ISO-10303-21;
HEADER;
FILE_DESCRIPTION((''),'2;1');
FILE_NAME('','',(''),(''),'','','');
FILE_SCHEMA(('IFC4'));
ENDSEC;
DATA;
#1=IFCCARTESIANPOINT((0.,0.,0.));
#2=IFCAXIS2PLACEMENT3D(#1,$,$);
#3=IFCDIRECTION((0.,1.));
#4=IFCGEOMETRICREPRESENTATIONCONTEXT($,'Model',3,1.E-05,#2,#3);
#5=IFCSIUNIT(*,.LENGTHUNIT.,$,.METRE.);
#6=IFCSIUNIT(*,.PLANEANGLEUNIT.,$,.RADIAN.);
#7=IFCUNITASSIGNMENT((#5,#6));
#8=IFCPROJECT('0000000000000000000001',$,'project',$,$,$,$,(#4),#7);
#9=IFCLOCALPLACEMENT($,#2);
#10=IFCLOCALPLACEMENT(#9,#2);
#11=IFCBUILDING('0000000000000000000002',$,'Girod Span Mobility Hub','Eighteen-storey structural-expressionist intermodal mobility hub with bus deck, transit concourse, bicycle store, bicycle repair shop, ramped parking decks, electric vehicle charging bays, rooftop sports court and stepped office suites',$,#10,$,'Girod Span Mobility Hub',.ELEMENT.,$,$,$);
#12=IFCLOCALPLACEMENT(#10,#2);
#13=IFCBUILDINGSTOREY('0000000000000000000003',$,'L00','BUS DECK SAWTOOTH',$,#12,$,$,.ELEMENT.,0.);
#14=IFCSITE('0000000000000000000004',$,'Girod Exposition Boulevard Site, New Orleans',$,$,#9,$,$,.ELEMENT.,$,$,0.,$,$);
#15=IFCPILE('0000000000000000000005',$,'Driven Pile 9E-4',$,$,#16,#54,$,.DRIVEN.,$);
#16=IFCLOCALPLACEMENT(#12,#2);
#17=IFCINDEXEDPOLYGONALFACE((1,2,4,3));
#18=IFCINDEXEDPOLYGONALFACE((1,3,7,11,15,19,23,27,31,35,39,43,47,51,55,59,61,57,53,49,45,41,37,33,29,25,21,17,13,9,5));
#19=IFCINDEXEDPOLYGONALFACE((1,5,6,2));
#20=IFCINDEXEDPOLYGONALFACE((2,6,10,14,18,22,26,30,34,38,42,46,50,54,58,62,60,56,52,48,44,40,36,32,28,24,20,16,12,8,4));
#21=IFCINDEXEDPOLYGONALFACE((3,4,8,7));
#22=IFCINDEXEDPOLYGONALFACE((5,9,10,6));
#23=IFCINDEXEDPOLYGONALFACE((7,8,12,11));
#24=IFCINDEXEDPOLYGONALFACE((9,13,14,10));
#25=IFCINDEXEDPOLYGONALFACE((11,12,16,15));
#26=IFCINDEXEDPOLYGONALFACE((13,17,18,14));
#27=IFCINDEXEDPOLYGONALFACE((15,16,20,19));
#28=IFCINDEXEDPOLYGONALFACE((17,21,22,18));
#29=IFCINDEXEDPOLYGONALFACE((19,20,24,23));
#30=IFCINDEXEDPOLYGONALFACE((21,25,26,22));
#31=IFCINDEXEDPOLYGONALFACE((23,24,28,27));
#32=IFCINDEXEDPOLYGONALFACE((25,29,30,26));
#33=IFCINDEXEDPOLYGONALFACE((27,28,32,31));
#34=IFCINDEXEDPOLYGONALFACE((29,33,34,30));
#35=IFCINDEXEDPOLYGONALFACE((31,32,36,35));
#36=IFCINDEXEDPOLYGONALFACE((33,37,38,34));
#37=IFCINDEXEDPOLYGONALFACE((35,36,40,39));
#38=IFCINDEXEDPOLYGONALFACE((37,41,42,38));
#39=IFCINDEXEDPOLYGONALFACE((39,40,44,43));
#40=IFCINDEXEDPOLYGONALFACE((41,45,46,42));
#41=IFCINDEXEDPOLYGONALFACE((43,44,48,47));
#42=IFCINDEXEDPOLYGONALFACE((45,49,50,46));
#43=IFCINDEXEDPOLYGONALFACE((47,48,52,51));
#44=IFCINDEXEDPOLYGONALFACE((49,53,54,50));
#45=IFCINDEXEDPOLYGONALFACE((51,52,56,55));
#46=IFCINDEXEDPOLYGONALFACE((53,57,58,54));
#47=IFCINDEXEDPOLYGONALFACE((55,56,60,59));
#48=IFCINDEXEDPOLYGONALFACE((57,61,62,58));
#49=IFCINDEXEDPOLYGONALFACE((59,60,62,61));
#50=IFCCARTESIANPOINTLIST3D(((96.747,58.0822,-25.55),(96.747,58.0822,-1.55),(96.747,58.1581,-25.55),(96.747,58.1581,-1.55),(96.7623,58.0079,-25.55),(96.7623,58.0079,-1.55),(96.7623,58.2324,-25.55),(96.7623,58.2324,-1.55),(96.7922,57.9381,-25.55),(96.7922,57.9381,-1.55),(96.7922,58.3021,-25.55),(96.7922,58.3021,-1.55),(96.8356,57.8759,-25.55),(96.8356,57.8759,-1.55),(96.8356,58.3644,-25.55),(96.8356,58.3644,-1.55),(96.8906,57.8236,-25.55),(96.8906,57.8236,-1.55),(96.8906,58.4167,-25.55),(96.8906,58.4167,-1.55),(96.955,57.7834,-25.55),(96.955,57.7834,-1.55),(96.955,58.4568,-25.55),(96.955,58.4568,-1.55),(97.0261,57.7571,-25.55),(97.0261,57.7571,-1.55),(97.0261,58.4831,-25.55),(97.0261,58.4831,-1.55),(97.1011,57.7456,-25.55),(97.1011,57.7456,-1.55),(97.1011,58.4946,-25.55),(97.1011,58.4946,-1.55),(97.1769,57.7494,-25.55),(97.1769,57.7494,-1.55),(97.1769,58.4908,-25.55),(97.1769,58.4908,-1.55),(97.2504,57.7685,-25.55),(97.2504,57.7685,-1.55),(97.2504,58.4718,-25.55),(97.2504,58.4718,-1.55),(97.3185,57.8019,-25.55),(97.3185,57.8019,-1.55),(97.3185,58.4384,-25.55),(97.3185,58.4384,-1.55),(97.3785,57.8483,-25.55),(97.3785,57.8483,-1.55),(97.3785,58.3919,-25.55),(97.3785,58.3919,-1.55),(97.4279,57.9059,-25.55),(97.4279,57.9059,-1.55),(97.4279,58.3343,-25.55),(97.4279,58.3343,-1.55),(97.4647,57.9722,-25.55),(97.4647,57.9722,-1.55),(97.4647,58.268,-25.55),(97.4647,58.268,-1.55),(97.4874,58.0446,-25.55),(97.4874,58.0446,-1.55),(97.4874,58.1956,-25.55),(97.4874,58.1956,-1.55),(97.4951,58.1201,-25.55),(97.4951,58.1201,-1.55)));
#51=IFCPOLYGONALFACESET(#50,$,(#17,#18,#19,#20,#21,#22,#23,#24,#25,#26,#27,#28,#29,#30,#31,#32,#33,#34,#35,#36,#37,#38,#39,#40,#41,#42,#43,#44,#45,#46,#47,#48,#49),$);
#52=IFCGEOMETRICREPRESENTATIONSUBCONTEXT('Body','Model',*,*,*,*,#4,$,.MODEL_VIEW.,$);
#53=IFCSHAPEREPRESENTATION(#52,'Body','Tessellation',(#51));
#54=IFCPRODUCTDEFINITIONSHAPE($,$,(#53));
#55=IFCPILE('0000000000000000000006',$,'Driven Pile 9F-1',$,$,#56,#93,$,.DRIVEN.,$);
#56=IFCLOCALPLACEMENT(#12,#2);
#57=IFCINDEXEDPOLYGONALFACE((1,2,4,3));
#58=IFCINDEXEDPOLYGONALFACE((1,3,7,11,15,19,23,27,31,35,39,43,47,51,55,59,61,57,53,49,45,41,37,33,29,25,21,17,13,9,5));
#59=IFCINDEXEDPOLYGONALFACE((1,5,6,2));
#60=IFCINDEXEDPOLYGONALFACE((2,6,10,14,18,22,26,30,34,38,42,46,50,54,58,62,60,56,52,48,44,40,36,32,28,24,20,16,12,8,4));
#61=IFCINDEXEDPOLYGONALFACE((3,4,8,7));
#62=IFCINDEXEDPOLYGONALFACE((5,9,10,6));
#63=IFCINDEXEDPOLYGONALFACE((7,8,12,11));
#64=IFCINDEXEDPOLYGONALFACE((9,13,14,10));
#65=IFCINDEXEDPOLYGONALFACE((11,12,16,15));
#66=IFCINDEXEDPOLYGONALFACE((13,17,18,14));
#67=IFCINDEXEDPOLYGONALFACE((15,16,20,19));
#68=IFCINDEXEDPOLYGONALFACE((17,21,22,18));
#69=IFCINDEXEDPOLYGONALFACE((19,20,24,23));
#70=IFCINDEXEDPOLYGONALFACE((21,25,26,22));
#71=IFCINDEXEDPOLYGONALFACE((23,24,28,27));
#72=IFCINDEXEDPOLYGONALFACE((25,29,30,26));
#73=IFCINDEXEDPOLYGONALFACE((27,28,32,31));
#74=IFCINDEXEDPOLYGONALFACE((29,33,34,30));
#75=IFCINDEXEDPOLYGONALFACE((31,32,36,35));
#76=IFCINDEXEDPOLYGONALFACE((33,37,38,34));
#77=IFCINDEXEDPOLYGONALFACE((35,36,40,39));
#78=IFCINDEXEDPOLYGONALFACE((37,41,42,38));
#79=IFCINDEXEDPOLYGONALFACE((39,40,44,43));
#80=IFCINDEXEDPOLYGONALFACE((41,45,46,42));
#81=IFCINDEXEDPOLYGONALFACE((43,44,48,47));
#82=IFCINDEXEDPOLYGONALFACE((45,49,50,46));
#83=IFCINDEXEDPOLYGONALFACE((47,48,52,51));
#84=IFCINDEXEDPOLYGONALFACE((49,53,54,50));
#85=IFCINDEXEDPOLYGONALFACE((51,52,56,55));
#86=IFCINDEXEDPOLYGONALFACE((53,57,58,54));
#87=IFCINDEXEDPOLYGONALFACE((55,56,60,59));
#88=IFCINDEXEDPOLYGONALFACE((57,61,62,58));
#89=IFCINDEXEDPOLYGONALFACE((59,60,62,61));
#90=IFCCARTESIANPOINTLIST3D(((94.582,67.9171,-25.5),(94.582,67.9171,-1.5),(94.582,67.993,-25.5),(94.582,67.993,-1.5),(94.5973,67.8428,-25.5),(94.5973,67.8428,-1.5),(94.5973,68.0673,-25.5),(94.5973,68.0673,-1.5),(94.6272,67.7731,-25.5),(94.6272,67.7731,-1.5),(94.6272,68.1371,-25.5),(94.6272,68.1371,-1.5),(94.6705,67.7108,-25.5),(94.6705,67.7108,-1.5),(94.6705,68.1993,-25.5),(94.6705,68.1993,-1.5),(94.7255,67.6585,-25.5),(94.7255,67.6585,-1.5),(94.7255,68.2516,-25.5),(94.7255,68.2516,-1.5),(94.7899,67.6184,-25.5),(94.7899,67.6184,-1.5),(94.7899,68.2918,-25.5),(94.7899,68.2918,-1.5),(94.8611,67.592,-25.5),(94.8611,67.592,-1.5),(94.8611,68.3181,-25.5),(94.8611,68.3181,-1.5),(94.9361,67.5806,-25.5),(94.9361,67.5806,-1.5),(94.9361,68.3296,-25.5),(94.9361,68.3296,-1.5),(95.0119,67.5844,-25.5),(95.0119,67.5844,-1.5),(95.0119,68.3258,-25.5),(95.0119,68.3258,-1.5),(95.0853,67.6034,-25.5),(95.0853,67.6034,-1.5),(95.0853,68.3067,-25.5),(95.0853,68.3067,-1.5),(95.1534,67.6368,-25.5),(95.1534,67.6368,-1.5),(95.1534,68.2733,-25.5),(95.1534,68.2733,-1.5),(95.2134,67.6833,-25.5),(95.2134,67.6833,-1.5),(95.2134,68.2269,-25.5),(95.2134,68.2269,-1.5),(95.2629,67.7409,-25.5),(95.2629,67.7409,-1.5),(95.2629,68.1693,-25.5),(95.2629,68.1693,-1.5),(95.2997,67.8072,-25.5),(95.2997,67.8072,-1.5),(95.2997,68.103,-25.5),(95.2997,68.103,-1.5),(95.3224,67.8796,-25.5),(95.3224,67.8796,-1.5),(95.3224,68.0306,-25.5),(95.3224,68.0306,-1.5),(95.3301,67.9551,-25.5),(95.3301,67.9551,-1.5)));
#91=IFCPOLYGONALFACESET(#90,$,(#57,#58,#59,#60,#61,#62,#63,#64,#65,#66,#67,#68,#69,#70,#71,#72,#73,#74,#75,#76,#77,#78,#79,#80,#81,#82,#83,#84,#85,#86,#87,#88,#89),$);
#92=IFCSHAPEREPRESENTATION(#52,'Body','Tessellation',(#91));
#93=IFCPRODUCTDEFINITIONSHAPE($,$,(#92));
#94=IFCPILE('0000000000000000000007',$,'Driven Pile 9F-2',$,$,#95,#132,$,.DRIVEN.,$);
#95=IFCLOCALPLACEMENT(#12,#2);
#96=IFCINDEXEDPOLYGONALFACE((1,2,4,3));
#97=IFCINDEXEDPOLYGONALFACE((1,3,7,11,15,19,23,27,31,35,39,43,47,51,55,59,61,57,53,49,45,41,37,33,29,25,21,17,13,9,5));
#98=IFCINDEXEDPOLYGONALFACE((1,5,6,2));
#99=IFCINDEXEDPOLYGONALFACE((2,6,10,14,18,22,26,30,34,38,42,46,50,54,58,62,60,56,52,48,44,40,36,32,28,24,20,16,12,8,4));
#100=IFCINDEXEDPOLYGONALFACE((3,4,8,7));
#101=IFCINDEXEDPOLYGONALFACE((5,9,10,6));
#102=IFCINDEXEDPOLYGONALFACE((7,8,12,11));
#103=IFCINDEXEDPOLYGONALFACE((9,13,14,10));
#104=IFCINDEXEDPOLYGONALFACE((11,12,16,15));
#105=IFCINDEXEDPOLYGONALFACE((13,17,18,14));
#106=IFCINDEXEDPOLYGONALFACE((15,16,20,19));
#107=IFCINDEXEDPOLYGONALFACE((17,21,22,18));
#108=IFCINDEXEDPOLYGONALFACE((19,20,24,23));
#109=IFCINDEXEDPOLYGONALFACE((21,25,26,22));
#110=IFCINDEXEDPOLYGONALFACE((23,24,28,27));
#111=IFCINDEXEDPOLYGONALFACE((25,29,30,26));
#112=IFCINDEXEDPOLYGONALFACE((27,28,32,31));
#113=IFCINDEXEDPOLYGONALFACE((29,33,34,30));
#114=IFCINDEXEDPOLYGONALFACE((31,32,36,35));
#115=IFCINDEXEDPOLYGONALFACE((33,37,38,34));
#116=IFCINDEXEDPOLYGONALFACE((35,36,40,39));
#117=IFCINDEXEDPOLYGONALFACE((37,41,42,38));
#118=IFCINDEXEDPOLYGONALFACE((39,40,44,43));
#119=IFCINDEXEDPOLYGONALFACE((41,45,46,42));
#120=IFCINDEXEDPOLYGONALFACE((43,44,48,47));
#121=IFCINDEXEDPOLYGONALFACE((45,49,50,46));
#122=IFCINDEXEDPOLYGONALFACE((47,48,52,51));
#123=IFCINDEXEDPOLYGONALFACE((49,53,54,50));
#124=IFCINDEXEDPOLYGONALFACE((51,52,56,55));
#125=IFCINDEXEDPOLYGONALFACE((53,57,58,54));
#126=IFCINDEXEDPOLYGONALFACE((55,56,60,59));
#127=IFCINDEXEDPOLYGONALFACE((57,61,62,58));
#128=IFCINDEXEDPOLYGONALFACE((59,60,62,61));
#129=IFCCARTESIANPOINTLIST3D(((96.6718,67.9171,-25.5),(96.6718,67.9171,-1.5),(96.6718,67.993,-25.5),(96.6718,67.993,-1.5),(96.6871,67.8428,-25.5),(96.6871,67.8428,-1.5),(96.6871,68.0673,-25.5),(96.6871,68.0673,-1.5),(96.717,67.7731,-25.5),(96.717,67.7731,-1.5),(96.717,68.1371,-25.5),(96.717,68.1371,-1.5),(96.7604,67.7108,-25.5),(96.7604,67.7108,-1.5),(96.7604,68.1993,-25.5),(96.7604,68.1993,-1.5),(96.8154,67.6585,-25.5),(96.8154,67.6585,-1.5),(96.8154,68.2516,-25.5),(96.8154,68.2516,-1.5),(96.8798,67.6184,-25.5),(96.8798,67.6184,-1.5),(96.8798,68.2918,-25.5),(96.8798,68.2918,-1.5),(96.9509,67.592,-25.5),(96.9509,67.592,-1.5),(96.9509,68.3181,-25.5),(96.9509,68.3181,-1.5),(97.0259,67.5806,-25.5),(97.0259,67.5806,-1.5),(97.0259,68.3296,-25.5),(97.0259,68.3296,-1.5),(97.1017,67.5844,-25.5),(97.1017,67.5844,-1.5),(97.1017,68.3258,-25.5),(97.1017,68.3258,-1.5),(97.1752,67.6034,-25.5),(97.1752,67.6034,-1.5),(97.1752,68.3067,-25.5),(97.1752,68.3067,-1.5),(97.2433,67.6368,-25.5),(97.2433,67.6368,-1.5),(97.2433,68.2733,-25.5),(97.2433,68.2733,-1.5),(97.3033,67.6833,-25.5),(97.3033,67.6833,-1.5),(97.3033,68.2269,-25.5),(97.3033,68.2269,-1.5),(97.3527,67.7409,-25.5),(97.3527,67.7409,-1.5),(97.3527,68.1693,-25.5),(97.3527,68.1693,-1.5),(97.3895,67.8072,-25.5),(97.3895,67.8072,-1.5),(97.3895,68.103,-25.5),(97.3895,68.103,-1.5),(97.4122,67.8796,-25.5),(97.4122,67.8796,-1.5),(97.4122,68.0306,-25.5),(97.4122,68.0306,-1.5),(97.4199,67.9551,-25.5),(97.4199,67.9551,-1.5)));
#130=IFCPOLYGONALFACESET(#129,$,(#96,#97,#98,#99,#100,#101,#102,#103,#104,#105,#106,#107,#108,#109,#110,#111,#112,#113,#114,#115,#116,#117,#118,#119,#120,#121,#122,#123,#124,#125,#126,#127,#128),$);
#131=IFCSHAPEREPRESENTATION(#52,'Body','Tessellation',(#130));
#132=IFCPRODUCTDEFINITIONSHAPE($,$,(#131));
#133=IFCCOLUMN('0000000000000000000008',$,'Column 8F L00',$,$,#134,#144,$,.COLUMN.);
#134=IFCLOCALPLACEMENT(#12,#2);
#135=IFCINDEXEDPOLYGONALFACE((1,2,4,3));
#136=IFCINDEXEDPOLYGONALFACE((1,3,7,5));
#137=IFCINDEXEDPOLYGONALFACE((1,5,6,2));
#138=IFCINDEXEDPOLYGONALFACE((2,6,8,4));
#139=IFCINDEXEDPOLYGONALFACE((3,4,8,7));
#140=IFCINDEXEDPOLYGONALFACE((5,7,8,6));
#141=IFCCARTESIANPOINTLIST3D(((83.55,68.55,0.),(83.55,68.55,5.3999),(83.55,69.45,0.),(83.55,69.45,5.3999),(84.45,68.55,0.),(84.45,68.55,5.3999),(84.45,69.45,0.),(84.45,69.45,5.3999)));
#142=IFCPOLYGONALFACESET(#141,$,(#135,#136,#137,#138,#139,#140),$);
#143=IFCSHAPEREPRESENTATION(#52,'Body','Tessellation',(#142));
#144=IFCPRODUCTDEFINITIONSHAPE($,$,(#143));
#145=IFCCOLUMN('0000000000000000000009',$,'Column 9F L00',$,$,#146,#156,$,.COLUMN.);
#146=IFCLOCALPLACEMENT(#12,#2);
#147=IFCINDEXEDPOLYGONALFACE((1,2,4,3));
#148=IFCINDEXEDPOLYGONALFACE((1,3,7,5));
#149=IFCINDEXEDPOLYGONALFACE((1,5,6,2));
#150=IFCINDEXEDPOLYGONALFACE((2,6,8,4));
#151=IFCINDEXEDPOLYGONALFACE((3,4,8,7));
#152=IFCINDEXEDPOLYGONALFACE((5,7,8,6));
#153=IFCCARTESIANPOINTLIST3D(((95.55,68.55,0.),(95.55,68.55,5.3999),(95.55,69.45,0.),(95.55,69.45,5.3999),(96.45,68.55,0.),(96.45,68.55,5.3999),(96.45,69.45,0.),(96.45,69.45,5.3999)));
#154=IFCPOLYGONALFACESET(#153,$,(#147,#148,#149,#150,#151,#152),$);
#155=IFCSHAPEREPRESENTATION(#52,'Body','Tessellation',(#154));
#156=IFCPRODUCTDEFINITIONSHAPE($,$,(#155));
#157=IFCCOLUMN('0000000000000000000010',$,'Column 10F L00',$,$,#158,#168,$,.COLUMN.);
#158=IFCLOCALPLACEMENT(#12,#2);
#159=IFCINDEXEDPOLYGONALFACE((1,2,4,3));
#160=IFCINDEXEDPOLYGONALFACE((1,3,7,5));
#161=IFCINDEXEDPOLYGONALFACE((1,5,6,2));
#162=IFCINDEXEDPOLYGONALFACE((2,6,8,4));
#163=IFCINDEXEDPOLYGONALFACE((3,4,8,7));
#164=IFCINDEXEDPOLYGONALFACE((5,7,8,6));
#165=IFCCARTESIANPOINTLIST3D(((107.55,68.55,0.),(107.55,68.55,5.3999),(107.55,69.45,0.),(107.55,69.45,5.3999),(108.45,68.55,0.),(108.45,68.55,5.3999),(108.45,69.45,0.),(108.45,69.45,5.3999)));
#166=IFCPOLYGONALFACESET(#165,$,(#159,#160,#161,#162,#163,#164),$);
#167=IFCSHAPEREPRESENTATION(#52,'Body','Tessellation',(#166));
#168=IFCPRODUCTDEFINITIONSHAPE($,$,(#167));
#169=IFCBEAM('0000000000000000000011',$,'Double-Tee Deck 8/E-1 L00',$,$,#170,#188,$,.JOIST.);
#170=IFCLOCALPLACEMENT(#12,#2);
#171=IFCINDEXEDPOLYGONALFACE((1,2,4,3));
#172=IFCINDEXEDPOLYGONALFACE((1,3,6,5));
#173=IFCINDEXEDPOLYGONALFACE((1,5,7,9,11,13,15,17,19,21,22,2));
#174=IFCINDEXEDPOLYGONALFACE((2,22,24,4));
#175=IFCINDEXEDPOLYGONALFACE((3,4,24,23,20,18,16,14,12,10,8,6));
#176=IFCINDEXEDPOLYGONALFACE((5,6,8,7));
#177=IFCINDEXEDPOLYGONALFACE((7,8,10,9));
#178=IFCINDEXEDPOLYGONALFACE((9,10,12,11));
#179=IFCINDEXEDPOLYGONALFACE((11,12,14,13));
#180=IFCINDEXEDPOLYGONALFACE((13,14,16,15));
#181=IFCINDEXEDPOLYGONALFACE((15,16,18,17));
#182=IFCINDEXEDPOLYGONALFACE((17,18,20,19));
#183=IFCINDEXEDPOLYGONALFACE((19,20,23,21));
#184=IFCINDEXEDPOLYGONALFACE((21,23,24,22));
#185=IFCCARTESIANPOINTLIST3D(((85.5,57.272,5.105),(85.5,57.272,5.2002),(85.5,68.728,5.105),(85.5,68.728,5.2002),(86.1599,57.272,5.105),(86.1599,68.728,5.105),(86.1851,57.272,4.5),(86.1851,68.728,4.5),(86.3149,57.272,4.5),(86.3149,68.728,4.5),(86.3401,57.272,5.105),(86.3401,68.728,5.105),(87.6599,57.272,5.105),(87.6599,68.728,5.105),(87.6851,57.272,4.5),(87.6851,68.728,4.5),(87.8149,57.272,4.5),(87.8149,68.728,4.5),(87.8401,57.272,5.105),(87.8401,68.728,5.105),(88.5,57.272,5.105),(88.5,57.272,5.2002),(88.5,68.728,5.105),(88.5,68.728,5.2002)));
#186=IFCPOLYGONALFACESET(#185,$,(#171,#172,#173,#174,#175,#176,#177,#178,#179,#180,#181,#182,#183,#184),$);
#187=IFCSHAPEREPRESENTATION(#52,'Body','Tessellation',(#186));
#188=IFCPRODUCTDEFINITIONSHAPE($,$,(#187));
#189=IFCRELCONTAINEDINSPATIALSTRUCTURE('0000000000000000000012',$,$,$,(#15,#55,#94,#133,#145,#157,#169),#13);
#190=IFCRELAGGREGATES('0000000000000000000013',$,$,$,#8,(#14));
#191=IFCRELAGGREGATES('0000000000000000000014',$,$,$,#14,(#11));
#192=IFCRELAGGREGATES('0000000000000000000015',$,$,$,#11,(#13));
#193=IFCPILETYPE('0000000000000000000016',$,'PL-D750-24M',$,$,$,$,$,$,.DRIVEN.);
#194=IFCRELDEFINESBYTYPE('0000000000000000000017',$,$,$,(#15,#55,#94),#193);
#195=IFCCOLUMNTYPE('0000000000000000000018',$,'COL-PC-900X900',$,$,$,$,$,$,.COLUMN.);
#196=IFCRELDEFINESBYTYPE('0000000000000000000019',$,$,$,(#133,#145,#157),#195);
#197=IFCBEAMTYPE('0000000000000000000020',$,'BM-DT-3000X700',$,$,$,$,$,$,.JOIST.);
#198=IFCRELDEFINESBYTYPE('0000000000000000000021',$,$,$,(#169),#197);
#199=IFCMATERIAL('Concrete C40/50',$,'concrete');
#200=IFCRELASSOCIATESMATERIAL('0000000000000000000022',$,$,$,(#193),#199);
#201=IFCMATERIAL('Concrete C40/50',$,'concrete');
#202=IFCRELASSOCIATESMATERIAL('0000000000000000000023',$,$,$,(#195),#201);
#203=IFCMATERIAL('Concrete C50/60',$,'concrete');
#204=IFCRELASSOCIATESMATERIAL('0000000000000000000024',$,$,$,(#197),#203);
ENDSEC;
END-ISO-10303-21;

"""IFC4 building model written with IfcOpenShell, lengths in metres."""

from ifc_helpers import new_model, si_unit, direction, frame, origin, origin_2d, place, context, subcontext, project, spatial, polyline, rectangle, circle, outline, extrude, material, material_profile, profile_set, type_object, element, save


model = new_model("IFC4")

# Units and contexts
model_context = context("Model", 3, precision=1e-05, world=origin(), true_north=direction((0.0, 1.0)))
body_context = subcontext(model_context, "Body", "Model", "MODEL_VIEW")
ifc_project = project(units=[si_unit("LENGTHUNIT", "METRE"), si_unit("PLANEANGLEUNIT", "RADIAN")], contexts=[model_context])

# Site, building, storey
site_placement = place(None, origin())
site = spatial("IfcSite", under=ifc_project, at=site_placement, Name="Girod Exposition Boulevard Site, New Orleans", CompositionType="ELEMENT", RefElevation=0.0)
building_placement = place(site_placement, origin())
building = spatial("IfcBuilding", under=site, at=building_placement, Name="Girod Span Mobility Hub", Description="Eighteen-storey structural-expressionist intermodal mobility hub with bus deck, transit concourse, bicycle store, bicycle repair shop, ramped parking decks, electric vehicle charging bays, rooftop sports court and stepped office suites", LongName="Girod Span Mobility Hub", CompositionType="ELEMENT")
storey_placement = place(building_placement, origin())
storey = spatial("IfcBuildingStorey", under=building, at=storey_placement, Name="L00", Description="BUS DECK SAWTOOTH", CompositionType="ELEMENT", Elevation=0.0)

# Piles
ifc_material_1 = material(Name="Concrete C40/50", Category="concrete")
ifc_material_profile_1 = material_profile(ifc_material_1, circle(Radius=0.375, at=origin_2d()), Name="PILE-D750")
ifc_profile_set_1 = profile_set([ifc_material_profile_1], Name="Concrete C40/50")
pile_type = type_object("IfcPileType", Name="PL-D750-24M", PredefinedType="DRIVEN", material=ifc_profile_set_1)
for number, where, z_axis, x_axis, name in (
    (1, (97.1201, 58.1201, -1.55), (0.0, 0.0, -1.0), (1.0, 0.0, 0.0), "Driven Pile 9E-4"),
    (2, (94.9551, 67.9551, -1.5), (0.0, 0.0, -1.0), (1.0, 0.0, 0.0), "Driven Pile 9F-1"),
    (3, (97.0449, 67.9551, -1.5), (0.0, 0.0, -1.0), (1.0, 0.0, 0.0), "Driven Pile 9F-2"),
):
    element("IfcPile", number, at=place(storey_placement, frame(where, z_axis=z_axis, x_axis=x_axis)), inside=storey, type_object=pile_type, Name=name, PredefinedType="DRIVEN", context=body_context, shape_type="SweptSolid", body=[
        extrude(circle(Radius=0.375, at=origin_2d()), origin(), (0.0, 0.0, 1.0), 24.0),
    ])

# Columns
ifc_material_2 = material(Name="Concrete C40/50", Category="concrete")
ifc_material_profile_2 = material_profile(ifc_material_2, rectangle(XDim=0.8999, YDim=0.8999, at=origin_2d()), Name="PC-COL-900X900")
ifc_profile_set_2 = profile_set([ifc_material_profile_2], Name="Concrete C40/50")
column_type = type_object("IfcColumnType", Name="COL-PC-900X900", PredefinedType="COLUMN", material=ifc_profile_set_2)
for number, where, z_axis, x_axis, name in (
    (4, (84.0, 69.0, 0.0), (0.0, 0.0, 1.0), (1.0, 0.0, 0.0), "Column 8F L00"),
    (5, (96.0, 69.0, 0.0), (0.0, 0.0, 1.0), (1.0, 0.0, 0.0), "Column 9F L00"),
    (6, (108.0, 69.0, 0.0), (0.0, 0.0, 1.0), (1.0, 0.0, 0.0), "Column 10F L00"),
):
    element("IfcColumn", number, at=place(storey_placement, frame(where, z_axis=z_axis, x_axis=x_axis)), inside=storey, type_object=column_type, Name=name, PredefinedType="COLUMN", context=body_context, shape_type="SweptSolid", body=[
        extrude(rectangle(XDim=0.8999, YDim=0.8999, at=origin_2d()), origin(), (0.0, 0.0, 1.0), 5.3999),
    ])

# Beam
ifc_material_3 = material(Name="Concrete C50/60", Category="concrete")
ifc_material_profile_3 = material_profile(ifc_material_3, outline(polyline([(-1.5, 0.3501), (-1.5, 0.2549), (-0.8401, 0.2549), (-0.8149, -0.3501), (-0.6851, -0.3501), (-0.6599, 0.2549), (0.6599, 0.2549), (0.6851, -0.3501), (0.8149, -0.3501), (0.8401, 0.2549), (1.5, 0.2549), (1.5, 0.3501), (-1.5, 0.3501)])), Name="DT-3000X700")
ifc_profile_set_3 = profile_set([ifc_material_profile_3], Name="Concrete C50/60")
beam_type_1 = type_object("IfcBeamType", Name="BM-DT-3000X700", PredefinedType="JOIST", material=ifc_profile_set_3)
for number, where, z_axis, x_axis, name in (
    (7, (87.0, 57.272, 4.8501), (0.0, 1.0, 0.0), (-1.0, 0.0, 0.0), "Double-Tee Deck 8/E-1 L00"),
):
    element("IfcBeam", number, at=place(storey_placement, frame(where, z_axis=z_axis, x_axis=x_axis)), inside=storey, type_object=beam_type_1, Name=name, PredefinedType="JOIST", context=body_context, shape_type="SweptSolid", body=[
        extrude(outline(polyline([(-1.5, 0.3501), (-1.5, 0.2549), (-0.8401, 0.2549), (-0.8149, -0.3501), (-0.6851, -0.3501), (-0.6599, 0.2549), (0.6599, 0.2549), (0.6851, -0.3501), (0.8149, -0.3501), (0.8401, 0.2549), (1.5, 0.2549), (1.5, 0.3501), (-1.5, 0.3501)])), origin(), (0.0, 0.0, 1.0), 11.4561),
    ])

save(model, "model.ifc")
